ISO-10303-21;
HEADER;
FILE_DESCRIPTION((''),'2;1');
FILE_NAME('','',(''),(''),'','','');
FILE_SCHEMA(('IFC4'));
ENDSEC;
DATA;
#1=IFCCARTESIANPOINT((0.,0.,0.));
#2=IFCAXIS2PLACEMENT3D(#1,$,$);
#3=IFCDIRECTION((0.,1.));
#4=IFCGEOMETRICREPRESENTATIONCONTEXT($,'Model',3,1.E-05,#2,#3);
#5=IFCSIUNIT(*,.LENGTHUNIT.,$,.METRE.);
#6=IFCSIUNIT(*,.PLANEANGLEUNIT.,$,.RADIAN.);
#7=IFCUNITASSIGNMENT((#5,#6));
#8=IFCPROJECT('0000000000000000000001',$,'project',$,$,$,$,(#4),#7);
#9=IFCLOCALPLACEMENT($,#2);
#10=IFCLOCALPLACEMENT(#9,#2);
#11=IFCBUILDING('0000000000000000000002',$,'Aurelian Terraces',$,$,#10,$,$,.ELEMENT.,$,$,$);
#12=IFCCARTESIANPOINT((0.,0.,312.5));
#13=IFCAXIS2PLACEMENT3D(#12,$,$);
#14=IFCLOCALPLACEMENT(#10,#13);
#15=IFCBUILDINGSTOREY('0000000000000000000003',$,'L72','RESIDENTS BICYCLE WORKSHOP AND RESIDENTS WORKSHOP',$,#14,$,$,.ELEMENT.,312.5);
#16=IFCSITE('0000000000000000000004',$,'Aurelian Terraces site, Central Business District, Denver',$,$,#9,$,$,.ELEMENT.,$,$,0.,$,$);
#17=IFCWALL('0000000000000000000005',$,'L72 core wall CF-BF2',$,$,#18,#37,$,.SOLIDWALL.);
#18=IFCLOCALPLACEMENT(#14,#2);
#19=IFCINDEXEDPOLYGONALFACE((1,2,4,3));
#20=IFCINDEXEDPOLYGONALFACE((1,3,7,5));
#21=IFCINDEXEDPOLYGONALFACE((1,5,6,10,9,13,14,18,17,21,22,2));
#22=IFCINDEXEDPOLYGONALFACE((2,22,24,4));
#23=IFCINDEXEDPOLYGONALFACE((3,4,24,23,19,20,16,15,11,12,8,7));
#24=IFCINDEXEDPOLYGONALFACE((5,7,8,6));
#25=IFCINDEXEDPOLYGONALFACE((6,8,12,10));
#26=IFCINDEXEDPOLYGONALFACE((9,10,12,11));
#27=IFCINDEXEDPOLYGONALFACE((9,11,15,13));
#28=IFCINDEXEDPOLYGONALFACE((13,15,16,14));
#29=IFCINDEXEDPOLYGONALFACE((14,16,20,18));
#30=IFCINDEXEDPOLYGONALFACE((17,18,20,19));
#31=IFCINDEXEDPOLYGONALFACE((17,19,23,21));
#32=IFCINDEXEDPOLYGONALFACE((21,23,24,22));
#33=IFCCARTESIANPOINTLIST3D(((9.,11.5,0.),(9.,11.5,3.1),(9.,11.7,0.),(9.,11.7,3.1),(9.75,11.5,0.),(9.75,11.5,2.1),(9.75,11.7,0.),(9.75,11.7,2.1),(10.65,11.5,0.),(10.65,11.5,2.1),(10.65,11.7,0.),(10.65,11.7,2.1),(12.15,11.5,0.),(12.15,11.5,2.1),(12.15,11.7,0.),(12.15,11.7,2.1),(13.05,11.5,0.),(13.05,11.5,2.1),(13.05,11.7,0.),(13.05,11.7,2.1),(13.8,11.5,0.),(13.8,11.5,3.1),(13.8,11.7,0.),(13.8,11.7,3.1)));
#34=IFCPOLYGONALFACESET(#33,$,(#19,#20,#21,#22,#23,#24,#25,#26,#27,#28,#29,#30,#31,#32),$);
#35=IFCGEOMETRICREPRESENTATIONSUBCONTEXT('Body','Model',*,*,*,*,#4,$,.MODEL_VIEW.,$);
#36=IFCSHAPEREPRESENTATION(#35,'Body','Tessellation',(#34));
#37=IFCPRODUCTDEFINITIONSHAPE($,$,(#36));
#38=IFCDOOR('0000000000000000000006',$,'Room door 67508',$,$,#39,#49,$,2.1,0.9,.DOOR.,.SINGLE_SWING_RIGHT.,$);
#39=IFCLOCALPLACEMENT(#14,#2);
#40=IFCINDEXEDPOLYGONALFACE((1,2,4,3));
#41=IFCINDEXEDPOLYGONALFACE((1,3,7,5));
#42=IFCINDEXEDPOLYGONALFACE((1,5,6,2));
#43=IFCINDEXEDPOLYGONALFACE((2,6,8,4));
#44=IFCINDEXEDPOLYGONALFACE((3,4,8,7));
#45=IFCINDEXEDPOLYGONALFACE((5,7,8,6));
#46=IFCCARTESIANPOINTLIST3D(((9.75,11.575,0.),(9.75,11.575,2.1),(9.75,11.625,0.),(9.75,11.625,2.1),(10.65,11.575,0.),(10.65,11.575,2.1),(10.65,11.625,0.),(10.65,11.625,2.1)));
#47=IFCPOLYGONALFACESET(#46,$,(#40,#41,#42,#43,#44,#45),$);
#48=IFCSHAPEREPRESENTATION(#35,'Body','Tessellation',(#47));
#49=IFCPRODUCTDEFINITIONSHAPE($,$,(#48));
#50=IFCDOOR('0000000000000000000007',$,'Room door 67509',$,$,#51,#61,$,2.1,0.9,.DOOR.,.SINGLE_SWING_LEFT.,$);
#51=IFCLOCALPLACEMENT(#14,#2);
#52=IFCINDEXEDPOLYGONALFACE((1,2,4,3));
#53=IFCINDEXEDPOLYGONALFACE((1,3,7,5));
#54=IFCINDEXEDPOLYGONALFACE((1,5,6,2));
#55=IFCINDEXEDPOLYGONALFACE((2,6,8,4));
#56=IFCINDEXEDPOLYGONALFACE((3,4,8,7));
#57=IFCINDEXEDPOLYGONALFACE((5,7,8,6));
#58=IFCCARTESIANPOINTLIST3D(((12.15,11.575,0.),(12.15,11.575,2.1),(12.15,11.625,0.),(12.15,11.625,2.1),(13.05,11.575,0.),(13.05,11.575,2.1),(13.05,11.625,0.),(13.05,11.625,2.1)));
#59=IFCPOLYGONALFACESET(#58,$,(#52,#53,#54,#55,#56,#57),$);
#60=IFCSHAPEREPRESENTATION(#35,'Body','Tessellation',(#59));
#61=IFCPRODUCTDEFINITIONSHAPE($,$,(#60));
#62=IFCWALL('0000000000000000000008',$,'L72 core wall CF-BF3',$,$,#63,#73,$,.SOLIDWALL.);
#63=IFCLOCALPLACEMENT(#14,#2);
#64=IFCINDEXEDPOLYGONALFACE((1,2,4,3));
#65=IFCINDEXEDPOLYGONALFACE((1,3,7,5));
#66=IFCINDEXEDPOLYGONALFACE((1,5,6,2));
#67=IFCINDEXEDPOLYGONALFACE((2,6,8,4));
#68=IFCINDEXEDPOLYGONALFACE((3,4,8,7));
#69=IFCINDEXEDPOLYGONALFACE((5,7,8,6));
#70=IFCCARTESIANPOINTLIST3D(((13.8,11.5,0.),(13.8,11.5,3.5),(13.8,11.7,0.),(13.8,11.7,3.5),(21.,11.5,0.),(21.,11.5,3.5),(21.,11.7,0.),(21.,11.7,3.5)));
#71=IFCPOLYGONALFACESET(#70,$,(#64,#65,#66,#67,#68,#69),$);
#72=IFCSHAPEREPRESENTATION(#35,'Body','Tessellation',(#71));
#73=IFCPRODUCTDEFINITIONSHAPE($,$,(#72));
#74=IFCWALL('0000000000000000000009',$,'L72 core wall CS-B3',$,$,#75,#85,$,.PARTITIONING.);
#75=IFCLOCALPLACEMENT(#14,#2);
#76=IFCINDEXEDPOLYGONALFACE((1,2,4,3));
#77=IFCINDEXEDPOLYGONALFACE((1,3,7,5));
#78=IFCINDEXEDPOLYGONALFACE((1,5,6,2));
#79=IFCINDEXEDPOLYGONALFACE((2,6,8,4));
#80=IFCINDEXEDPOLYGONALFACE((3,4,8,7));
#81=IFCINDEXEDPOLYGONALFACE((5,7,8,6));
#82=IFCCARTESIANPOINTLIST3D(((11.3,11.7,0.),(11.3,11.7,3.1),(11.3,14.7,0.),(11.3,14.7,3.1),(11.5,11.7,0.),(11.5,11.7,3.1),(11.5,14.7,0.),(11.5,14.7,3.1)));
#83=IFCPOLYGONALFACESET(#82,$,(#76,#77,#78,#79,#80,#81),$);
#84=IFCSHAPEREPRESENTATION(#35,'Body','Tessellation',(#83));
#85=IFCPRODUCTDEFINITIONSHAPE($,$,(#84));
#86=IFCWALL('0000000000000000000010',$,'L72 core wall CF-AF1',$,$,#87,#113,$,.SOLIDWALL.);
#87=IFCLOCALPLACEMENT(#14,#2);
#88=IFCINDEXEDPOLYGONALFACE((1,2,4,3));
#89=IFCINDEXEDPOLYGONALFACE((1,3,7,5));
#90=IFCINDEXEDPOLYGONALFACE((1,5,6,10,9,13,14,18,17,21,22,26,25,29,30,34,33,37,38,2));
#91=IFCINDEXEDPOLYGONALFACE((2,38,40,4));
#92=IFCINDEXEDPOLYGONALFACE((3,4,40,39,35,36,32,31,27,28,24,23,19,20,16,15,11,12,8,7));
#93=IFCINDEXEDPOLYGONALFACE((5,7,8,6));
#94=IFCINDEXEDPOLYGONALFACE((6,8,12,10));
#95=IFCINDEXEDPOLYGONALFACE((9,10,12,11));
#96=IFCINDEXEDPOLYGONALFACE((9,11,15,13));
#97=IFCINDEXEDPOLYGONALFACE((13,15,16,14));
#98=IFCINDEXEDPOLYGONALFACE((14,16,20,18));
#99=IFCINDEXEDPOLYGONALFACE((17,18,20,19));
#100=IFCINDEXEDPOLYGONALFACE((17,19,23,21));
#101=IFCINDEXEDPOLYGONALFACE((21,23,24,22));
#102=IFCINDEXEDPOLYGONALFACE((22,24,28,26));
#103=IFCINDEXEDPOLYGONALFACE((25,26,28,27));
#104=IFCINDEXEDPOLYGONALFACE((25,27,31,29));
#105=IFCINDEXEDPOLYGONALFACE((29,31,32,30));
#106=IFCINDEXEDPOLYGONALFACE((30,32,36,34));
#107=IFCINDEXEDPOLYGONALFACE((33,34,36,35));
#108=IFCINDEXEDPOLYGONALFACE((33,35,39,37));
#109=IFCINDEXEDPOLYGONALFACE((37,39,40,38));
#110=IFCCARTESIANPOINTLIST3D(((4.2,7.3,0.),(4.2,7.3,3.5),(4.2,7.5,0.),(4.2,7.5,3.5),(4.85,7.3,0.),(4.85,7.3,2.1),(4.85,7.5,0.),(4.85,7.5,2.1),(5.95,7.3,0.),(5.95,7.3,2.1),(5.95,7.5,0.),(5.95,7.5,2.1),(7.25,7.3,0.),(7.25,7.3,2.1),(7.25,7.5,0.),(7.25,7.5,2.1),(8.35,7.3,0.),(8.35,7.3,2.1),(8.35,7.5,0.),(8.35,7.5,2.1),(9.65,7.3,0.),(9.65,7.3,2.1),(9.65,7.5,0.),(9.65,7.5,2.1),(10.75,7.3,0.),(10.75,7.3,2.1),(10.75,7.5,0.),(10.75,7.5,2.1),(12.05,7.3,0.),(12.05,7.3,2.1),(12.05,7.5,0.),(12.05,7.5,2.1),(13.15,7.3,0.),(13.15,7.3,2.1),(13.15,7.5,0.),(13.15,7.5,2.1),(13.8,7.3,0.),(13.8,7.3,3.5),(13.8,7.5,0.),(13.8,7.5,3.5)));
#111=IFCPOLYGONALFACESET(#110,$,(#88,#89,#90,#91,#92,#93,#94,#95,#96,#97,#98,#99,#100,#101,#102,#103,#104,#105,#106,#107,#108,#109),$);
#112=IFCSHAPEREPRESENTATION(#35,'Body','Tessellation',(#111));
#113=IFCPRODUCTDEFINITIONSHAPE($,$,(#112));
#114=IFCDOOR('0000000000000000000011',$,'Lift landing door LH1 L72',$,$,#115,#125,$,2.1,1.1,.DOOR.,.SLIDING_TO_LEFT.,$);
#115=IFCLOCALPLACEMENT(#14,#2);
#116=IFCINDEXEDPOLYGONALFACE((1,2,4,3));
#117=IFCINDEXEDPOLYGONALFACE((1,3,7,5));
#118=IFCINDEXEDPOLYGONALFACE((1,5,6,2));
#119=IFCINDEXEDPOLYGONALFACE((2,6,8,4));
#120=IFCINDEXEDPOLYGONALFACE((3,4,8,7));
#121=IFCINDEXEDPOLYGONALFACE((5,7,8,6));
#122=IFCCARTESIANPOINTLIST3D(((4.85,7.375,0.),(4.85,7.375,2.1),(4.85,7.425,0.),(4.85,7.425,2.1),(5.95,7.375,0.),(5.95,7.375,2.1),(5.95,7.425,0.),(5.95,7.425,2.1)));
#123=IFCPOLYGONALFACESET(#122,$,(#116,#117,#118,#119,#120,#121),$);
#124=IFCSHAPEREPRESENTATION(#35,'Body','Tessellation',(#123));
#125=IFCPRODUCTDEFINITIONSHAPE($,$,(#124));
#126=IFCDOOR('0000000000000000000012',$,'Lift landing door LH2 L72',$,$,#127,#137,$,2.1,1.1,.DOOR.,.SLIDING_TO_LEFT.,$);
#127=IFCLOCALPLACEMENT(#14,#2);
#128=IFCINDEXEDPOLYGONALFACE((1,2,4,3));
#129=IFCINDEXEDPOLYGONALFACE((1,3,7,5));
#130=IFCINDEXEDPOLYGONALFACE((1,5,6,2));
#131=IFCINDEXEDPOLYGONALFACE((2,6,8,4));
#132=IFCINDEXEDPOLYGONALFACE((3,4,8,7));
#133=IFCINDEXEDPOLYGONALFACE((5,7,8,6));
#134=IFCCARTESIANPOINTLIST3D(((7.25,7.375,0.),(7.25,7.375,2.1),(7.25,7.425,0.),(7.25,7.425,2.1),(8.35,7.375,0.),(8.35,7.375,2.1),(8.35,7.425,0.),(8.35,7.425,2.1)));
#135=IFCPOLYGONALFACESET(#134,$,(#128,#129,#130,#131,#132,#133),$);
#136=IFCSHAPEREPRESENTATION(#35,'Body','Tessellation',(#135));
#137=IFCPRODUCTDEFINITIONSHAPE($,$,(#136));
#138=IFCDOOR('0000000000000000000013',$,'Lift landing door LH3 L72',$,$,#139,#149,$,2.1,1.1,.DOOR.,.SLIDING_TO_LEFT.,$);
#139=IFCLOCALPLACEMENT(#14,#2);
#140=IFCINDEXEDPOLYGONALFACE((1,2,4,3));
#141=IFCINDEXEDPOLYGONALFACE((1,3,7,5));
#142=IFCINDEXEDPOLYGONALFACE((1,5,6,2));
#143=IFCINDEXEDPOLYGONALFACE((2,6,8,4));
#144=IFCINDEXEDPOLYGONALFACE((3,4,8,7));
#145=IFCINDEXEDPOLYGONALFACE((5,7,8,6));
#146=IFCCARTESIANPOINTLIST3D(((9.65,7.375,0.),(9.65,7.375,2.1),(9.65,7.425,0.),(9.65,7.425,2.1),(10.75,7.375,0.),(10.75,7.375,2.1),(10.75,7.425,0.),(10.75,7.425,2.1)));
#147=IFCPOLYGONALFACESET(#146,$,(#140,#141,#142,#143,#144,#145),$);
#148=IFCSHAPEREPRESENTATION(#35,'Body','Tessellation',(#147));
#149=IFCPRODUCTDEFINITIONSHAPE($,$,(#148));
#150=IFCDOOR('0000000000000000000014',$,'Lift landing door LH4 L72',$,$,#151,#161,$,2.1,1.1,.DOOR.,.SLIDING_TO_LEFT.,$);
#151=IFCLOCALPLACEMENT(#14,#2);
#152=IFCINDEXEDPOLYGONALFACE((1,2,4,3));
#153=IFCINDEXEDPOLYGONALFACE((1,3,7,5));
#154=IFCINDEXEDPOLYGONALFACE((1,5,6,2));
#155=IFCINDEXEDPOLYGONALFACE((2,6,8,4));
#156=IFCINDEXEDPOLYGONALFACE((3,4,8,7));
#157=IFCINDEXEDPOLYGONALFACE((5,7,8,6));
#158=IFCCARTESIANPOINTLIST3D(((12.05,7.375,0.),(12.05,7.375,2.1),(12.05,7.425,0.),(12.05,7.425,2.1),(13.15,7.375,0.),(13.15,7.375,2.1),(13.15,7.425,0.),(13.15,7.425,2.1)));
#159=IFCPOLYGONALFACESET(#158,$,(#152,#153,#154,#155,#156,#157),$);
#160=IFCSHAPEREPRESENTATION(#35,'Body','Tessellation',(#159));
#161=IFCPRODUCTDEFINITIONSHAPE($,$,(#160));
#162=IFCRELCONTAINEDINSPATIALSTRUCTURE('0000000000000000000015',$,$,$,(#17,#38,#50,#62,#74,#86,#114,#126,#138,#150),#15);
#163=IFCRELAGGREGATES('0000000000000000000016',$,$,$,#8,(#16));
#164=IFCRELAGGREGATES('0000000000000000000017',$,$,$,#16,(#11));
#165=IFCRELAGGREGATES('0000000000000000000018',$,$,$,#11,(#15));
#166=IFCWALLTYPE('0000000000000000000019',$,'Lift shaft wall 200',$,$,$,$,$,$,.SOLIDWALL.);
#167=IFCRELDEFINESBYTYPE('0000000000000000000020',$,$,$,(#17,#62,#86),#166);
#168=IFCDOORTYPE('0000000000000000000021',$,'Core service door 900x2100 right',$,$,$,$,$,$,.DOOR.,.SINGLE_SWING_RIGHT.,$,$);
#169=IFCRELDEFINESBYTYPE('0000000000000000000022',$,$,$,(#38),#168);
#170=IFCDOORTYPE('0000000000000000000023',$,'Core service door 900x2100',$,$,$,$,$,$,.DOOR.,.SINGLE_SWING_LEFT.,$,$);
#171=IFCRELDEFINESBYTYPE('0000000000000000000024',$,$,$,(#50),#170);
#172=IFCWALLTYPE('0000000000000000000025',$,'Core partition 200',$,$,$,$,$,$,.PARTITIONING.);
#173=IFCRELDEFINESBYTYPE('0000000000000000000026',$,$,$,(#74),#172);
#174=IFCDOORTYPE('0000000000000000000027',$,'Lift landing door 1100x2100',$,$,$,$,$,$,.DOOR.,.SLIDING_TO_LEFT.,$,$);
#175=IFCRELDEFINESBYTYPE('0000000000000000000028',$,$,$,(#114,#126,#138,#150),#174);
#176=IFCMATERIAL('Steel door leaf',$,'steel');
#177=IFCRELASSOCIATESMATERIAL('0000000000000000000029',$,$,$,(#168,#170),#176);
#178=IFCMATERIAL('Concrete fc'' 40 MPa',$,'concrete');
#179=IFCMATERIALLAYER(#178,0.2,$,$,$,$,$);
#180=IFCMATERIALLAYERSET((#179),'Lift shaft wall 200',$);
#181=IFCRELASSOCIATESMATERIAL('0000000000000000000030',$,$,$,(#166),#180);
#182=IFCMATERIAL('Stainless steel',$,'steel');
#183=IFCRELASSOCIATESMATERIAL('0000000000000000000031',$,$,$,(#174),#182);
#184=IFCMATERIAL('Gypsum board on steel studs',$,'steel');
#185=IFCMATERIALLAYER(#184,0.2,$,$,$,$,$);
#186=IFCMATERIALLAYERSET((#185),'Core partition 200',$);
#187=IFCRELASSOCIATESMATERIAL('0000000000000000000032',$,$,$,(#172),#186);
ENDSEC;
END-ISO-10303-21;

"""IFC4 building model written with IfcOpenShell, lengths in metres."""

from ifc_helpers import new_model, si_unit, direction, frame, frame_2d, origin, place, context, subcontext, project, spatial, rectangle, extrude, source, transform, mapped, material, layer, layer_set, type_object, element, fill, save


model = new_model("IFC4")

# Units and contexts
model_context = context("Model", 3, precision=1e-05, world=origin(), true_north=direction((0.0, 1.0)))
body_context = subcontext(model_context, "Body", "Model", "MODEL_VIEW")
ifc_project = project(units=[si_unit("LENGTHUNIT", "METRE"), si_unit("PLANEANGLEUNIT", "RADIAN")], contexts=[model_context])

# Site, building, storey
site_placement = place(None, origin())
site = spatial("IfcSite", under=ifc_project, at=site_placement, Name="Aurelian Terraces site, Central Business District, Denver", CompositionType="ELEMENT", RefElevation=0.0)
building_placement = place(site_placement, origin())
building = spatial("IfcBuilding", under=site, at=building_placement, Name="Aurelian Terraces", CompositionType="ELEMENT")
storey_placement = place(building_placement, frame((0.0, 0.0, 312.5)))
storey = spatial("IfcBuildingStorey", under=building, at=storey_placement, Name="L72", Description="RESIDENTS BICYCLE WORKSHOP AND RESIDENTS WORKSHOP", CompositionType="ELEMENT", Elevation=312.5)

# Shared definitions
ifc_material_1 = material(Name="Steel door leaf", Category="steel")
door_type_1 = type_object("IfcDoorType", Name="Core service door 900x2100 right", OperationType="SINGLE_SWING_RIGHT", PredefinedType="DOOR", material=ifc_material_1)
shared_shape_1 = source(origin(), body_context, "Body", "SweptSolid", [
    extrude(rectangle(XDim=0.9, YDim=2.1, at=frame_2d((0.45, 1.05))), frame((0.0, 0.025, 0.0), z_axis=(0.0, -1.0, 0.0), x_axis=(1.0, 0.0, 0.0)), (0.0, 0.0, 1.0), 0.05),
])

# Shared definitions
ifc_material_2 = material(Name="Concrete fc' 40 MPa", Category="concrete")
ifc_layer_1 = layer(ifc_material_2, 0.2)
ifc_layer_set_1 = layer_set([ifc_layer_1], Name="Lift shaft wall 200")
wall_type_1 = type_object("IfcWallType", Name="Lift shaft wall 200", PredefinedType="SOLIDWALL", material=ifc_layer_set_1)

# Wall, openings, doors
shared_shape_2 = source(origin(), body_context, "Body", "SweptSolid", [
    extrude(rectangle(XDim=1.1, YDim=2.1, at=frame_2d((0.55, 1.05))), frame((0.0, 0.11, 0.0), z_axis=(0.0, -1.0, 0.0), x_axis=(1.0, 0.0, 0.0)), (0.0, 0.0, 1.0), 0.22),
])
ifc_material_3 = material(Name="Stainless steel", Category="steel")
door_type_2 = type_object("IfcDoorType", Name="Lift landing door 1100x2100", OperationType="SLIDING_TO_LEFT", PredefinedType="DOOR", material=ifc_material_3)
shared_shape_3 = source(origin(), body_context, "Body", "SweptSolid", [
    extrude(rectangle(XDim=1.1, YDim=2.1, at=frame_2d((0.55, 1.05))), frame((0.0, 0.025, 0.0), z_axis=(0.0, -1.0, 0.0), x_axis=(1.0, 0.0, 0.0)), (0.0, 0.0, 1.0), 0.05),
])
shared_shape_4 = source(origin(), body_context, "Body", "SweptSolid", [
    extrude(rectangle(XDim=4.8, YDim=0.2, at=frame_2d((2.4, 0.0))), origin(), (0.0, 0.0, 1.0), 3.1),
])
wall_1_placement = place(storey_placement, frame((9.0, 11.6, 0.0), z_axis=(0.0, 0.0, 1.0), x_axis=(1.0, 0.0, 0.0)))
wall_1 = element("IfcWall", 1, at=wall_1_placement, inside=storey, type_object=wall_type_1, Name="L72 core wall CF-BF2", PredefinedType="SOLIDWALL", context=body_context, shape_type="MappedRepresentation", body=[
    mapped(shared_shape_4, transform((0.0, 0.0, 0.0), scale=1.0)),
])
shared_shape_5 = source(origin(), body_context, "Body", "SweptSolid", [
    extrude(rectangle(XDim=0.9, YDim=2.1, at=frame_2d((0.45, 1.05))), frame((0.0, 0.11, 0.0), z_axis=(0.0, -1.0, 0.0), x_axis=(1.0, 0.0, 0.0)), (0.0, 0.0, 1.0), 0.22),
])
opening_1_placement = place(wall_1_placement, frame((0.75, 0.0, 0.0)))
opening_1 = element("IfcOpeningElement", 2, at=opening_1_placement, cuts=wall_1, PredefinedType="OPENING", context=body_context, shape_type="MappedRepresentation", body=[
    mapped(shared_shape_5, transform((0.0, 0.0, 0.0), scale=1.0)),
])
opening_2_placement = place(wall_1_placement, frame((3.15, 0.0, 0.0)))
opening_2 = element("IfcOpeningElement", 3, at=opening_2_placement, cuts=wall_1, PredefinedType="OPENING", context=body_context, shape_type="MappedRepresentation", body=[
    mapped(shared_shape_5, transform((0.0, 0.0, 0.0), scale=1.0)),
])
door_1_placement = place(opening_1_placement, origin())
door_1 = element("IfcDoor", 4, at=door_1_placement, inside=storey, type_object=door_type_1, Name="Room door 67508", OperationType="SINGLE_SWING_RIGHT", OverallHeight=2.1, OverallWidth=0.9, PredefinedType="DOOR", context=body_context, shape_type="MappedRepresentation", body=[
    mapped(shared_shape_1, transform((0.0, 0.0, 0.0), scale=1.0)),
])
fill(opening_1, door_1)
door_type_3 = type_object("IfcDoorType", Name="Core service door 900x2100", OperationType="SINGLE_SWING_LEFT", PredefinedType="DOOR", material=ifc_material_1)
door_2_placement = place(opening_2_placement, origin())
door_2 = element("IfcDoor", 5, at=door_2_placement, inside=storey, type_object=door_type_3, Name="Room door 67509", OperationType="SINGLE_SWING_LEFT", OverallHeight=2.1, OverallWidth=0.9, PredefinedType="DOOR", context=body_context, shape_type="MappedRepresentation", body=[
    mapped(shared_shape_1, transform((0.0, 0.0, 0.0), scale=1.0)),
])
fill(opening_2, door_2)

# Walls
shared_shape_6 = source(origin(), body_context, "Body", "SweptSolid", [
    extrude(rectangle(XDim=7.2, YDim=0.2, at=frame_2d((3.6, 0.0))), origin(), (0.0, 0.0, 1.0), 3.5),
])
wall_2_placement = place(storey_placement, frame((13.8, 11.6, 0.0), z_axis=(0.0, 0.0, 1.0), x_axis=(1.0, 0.0, 0.0)))
element("IfcWall", 6, at=wall_2_placement, inside=storey, type_object=wall_type_1, Name="L72 core wall CF-BF3", PredefinedType="SOLIDWALL", context=body_context, shape_type="MappedRepresentation", body=[
    mapped(shared_shape_6, transform((0.0, 0.0, 0.0), scale=1.0)),
])
ifc_material_4 = material(Name="Gypsum board on steel studs", Category="steel")
ifc_layer_2 = layer(ifc_material_4, 0.2)
ifc_layer_set_2 = layer_set([ifc_layer_2], Name="Core partition 200")
wall_type_2 = type_object("IfcWallType", Name="Core partition 200", PredefinedType="PARTITIONING", material=ifc_layer_set_2)
shared_shape_7 = source(origin(), body_context, "Body", "SweptSolid", [
    extrude(rectangle(XDim=3.0, YDim=0.2, at=frame_2d((1.5, 0.0))), origin(), (0.0, 0.0, 1.0), 3.1),
])
wall_3_placement = place(storey_placement, frame((11.4, 11.7, 0.0), z_axis=(0.0, 0.0, 1.0), x_axis=(0.0, 1.0, 0.0)))
element("IfcWall", 7, at=wall_3_placement, inside=storey, type_object=wall_type_2, Name="L72 core wall CS-B3", PredefinedType="PARTITIONING", context=body_context, shape_type="MappedRepresentation", body=[
    mapped(shared_shape_7, transform((0.0, 0.0, 0.0), scale=1.0)),
])

# Wall, openings, doors
shared_shape_8 = source(origin(), body_context, "Body", "SweptSolid", [
    extrude(rectangle(XDim=9.6, YDim=0.2, at=frame_2d((4.8, 0.0))), origin(), (0.0, 0.0, 1.0), 3.5),
])
wall_4_placement = place(storey_placement, frame((4.2, 7.4, 0.0), z_axis=(0.0, 0.0, 1.0), x_axis=(1.0, 0.0, 0.0)))
wall_4 = element("IfcWall", 8, at=wall_4_placement, inside=storey, type_object=wall_type_1, Name="L72 core wall CF-AF1", PredefinedType="SOLIDWALL", context=body_context, shape_type="MappedRepresentation", body=[
    mapped(shared_shape_8, transform((0.0, 0.0, 0.0), scale=1.0)),
])
opening_3_placement = place(wall_4_placement, frame((0.65, 0.0, 0.0)))
opening_3 = element("IfcOpeningElement", 9, at=opening_3_placement, cuts=wall_4, PredefinedType="OPENING", context=body_context, shape_type="MappedRepresentation", body=[
    mapped(shared_shape_2, transform((0.0, 0.0, 0.0), scale=1.0)),
])
opening_4_placement = place(wall_4_placement, frame((3.05, 0.0, 0.0)))
opening_4 = element("IfcOpeningElement", 10, at=opening_4_placement, cuts=wall_4, PredefinedType="OPENING", context=body_context, shape_type="MappedRepresentation", body=[
    mapped(shared_shape_2, transform((0.0, 0.0, 0.0), scale=1.0)),
])
opening_5_placement = place(wall_4_placement, frame((5.45, 0.0, 0.0)))
opening_5 = element("IfcOpeningElement", 11, at=opening_5_placement, cuts=wall_4, PredefinedType="OPENING", context=body_context, shape_type="MappedRepresentation", body=[
    mapped(shared_shape_2, transform((0.0, 0.0, 0.0), scale=1.0)),
])
opening_6_placement = place(wall_4_placement, frame((7.85, 0.0, 0.0)))
opening_6 = element("IfcOpeningElement", 12, at=opening_6_placement, cuts=wall_4, PredefinedType="OPENING", context=body_context, shape_type="MappedRepresentation", body=[
    mapped(shared_shape_2, transform((0.0, 0.0, 0.0), scale=1.0)),
])
door_3_placement = place(opening_3_placement, origin())
door_3 = element("IfcDoor", 13, at=door_3_placement, inside=storey, type_object=door_type_2, Name="Lift landing door LH1 L72", OperationType="SLIDING_TO_LEFT", OverallHeight=2.1, OverallWidth=1.1, PredefinedType="DOOR", context=body_context, shape_type="MappedRepresentation", body=[
    mapped(shared_shape_3, transform((0.0, 0.0, 0.0), scale=1.0)),
])
fill(opening_3, door_3)
door_4_placement = place(opening_4_placement, origin())
door_4 = element("IfcDoor", 14, at=door_4_placement, inside=storey, type_object=door_type_2, Name="Lift landing door LH2 L72", OperationType="SLIDING_TO_LEFT", OverallHeight=2.1, OverallWidth=1.1, PredefinedType="DOOR", context=body_context, shape_type="MappedRepresentation", body=[
    mapped(shared_shape_3, transform((0.0, 0.0, 0.0), scale=1.0)),
])
fill(opening_4, door_4)
door_5_placement = place(opening_5_placement, origin())
door_5 = element("IfcDoor", 15, at=door_5_placement, inside=storey, type_object=door_type_2, Name="Lift landing door LH3 L72", OperationType="SLIDING_TO_LEFT", OverallHeight=2.1, OverallWidth=1.1, PredefinedType="DOOR", context=body_context, shape_type="MappedRepresentation", body=[
    mapped(shared_shape_3, transform((0.0, 0.0, 0.0), scale=1.0)),
])
fill(opening_5, door_5)
door_6_placement = place(opening_6_placement, origin())
door_6 = element("IfcDoor", 16, at=door_6_placement, inside=storey, type_object=door_type_2, Name="Lift landing door LH4 L72", OperationType="SLIDING_TO_LEFT", OverallHeight=2.1, OverallWidth=1.1, PredefinedType="DOOR", context=body_context, shape_type="MappedRepresentation", body=[
    mapped(shared_shape_3, transform((0.0, 0.0, 0.0), scale=1.0)),
])
fill(opening_6, door_6)

save(model, "model.ifc")
